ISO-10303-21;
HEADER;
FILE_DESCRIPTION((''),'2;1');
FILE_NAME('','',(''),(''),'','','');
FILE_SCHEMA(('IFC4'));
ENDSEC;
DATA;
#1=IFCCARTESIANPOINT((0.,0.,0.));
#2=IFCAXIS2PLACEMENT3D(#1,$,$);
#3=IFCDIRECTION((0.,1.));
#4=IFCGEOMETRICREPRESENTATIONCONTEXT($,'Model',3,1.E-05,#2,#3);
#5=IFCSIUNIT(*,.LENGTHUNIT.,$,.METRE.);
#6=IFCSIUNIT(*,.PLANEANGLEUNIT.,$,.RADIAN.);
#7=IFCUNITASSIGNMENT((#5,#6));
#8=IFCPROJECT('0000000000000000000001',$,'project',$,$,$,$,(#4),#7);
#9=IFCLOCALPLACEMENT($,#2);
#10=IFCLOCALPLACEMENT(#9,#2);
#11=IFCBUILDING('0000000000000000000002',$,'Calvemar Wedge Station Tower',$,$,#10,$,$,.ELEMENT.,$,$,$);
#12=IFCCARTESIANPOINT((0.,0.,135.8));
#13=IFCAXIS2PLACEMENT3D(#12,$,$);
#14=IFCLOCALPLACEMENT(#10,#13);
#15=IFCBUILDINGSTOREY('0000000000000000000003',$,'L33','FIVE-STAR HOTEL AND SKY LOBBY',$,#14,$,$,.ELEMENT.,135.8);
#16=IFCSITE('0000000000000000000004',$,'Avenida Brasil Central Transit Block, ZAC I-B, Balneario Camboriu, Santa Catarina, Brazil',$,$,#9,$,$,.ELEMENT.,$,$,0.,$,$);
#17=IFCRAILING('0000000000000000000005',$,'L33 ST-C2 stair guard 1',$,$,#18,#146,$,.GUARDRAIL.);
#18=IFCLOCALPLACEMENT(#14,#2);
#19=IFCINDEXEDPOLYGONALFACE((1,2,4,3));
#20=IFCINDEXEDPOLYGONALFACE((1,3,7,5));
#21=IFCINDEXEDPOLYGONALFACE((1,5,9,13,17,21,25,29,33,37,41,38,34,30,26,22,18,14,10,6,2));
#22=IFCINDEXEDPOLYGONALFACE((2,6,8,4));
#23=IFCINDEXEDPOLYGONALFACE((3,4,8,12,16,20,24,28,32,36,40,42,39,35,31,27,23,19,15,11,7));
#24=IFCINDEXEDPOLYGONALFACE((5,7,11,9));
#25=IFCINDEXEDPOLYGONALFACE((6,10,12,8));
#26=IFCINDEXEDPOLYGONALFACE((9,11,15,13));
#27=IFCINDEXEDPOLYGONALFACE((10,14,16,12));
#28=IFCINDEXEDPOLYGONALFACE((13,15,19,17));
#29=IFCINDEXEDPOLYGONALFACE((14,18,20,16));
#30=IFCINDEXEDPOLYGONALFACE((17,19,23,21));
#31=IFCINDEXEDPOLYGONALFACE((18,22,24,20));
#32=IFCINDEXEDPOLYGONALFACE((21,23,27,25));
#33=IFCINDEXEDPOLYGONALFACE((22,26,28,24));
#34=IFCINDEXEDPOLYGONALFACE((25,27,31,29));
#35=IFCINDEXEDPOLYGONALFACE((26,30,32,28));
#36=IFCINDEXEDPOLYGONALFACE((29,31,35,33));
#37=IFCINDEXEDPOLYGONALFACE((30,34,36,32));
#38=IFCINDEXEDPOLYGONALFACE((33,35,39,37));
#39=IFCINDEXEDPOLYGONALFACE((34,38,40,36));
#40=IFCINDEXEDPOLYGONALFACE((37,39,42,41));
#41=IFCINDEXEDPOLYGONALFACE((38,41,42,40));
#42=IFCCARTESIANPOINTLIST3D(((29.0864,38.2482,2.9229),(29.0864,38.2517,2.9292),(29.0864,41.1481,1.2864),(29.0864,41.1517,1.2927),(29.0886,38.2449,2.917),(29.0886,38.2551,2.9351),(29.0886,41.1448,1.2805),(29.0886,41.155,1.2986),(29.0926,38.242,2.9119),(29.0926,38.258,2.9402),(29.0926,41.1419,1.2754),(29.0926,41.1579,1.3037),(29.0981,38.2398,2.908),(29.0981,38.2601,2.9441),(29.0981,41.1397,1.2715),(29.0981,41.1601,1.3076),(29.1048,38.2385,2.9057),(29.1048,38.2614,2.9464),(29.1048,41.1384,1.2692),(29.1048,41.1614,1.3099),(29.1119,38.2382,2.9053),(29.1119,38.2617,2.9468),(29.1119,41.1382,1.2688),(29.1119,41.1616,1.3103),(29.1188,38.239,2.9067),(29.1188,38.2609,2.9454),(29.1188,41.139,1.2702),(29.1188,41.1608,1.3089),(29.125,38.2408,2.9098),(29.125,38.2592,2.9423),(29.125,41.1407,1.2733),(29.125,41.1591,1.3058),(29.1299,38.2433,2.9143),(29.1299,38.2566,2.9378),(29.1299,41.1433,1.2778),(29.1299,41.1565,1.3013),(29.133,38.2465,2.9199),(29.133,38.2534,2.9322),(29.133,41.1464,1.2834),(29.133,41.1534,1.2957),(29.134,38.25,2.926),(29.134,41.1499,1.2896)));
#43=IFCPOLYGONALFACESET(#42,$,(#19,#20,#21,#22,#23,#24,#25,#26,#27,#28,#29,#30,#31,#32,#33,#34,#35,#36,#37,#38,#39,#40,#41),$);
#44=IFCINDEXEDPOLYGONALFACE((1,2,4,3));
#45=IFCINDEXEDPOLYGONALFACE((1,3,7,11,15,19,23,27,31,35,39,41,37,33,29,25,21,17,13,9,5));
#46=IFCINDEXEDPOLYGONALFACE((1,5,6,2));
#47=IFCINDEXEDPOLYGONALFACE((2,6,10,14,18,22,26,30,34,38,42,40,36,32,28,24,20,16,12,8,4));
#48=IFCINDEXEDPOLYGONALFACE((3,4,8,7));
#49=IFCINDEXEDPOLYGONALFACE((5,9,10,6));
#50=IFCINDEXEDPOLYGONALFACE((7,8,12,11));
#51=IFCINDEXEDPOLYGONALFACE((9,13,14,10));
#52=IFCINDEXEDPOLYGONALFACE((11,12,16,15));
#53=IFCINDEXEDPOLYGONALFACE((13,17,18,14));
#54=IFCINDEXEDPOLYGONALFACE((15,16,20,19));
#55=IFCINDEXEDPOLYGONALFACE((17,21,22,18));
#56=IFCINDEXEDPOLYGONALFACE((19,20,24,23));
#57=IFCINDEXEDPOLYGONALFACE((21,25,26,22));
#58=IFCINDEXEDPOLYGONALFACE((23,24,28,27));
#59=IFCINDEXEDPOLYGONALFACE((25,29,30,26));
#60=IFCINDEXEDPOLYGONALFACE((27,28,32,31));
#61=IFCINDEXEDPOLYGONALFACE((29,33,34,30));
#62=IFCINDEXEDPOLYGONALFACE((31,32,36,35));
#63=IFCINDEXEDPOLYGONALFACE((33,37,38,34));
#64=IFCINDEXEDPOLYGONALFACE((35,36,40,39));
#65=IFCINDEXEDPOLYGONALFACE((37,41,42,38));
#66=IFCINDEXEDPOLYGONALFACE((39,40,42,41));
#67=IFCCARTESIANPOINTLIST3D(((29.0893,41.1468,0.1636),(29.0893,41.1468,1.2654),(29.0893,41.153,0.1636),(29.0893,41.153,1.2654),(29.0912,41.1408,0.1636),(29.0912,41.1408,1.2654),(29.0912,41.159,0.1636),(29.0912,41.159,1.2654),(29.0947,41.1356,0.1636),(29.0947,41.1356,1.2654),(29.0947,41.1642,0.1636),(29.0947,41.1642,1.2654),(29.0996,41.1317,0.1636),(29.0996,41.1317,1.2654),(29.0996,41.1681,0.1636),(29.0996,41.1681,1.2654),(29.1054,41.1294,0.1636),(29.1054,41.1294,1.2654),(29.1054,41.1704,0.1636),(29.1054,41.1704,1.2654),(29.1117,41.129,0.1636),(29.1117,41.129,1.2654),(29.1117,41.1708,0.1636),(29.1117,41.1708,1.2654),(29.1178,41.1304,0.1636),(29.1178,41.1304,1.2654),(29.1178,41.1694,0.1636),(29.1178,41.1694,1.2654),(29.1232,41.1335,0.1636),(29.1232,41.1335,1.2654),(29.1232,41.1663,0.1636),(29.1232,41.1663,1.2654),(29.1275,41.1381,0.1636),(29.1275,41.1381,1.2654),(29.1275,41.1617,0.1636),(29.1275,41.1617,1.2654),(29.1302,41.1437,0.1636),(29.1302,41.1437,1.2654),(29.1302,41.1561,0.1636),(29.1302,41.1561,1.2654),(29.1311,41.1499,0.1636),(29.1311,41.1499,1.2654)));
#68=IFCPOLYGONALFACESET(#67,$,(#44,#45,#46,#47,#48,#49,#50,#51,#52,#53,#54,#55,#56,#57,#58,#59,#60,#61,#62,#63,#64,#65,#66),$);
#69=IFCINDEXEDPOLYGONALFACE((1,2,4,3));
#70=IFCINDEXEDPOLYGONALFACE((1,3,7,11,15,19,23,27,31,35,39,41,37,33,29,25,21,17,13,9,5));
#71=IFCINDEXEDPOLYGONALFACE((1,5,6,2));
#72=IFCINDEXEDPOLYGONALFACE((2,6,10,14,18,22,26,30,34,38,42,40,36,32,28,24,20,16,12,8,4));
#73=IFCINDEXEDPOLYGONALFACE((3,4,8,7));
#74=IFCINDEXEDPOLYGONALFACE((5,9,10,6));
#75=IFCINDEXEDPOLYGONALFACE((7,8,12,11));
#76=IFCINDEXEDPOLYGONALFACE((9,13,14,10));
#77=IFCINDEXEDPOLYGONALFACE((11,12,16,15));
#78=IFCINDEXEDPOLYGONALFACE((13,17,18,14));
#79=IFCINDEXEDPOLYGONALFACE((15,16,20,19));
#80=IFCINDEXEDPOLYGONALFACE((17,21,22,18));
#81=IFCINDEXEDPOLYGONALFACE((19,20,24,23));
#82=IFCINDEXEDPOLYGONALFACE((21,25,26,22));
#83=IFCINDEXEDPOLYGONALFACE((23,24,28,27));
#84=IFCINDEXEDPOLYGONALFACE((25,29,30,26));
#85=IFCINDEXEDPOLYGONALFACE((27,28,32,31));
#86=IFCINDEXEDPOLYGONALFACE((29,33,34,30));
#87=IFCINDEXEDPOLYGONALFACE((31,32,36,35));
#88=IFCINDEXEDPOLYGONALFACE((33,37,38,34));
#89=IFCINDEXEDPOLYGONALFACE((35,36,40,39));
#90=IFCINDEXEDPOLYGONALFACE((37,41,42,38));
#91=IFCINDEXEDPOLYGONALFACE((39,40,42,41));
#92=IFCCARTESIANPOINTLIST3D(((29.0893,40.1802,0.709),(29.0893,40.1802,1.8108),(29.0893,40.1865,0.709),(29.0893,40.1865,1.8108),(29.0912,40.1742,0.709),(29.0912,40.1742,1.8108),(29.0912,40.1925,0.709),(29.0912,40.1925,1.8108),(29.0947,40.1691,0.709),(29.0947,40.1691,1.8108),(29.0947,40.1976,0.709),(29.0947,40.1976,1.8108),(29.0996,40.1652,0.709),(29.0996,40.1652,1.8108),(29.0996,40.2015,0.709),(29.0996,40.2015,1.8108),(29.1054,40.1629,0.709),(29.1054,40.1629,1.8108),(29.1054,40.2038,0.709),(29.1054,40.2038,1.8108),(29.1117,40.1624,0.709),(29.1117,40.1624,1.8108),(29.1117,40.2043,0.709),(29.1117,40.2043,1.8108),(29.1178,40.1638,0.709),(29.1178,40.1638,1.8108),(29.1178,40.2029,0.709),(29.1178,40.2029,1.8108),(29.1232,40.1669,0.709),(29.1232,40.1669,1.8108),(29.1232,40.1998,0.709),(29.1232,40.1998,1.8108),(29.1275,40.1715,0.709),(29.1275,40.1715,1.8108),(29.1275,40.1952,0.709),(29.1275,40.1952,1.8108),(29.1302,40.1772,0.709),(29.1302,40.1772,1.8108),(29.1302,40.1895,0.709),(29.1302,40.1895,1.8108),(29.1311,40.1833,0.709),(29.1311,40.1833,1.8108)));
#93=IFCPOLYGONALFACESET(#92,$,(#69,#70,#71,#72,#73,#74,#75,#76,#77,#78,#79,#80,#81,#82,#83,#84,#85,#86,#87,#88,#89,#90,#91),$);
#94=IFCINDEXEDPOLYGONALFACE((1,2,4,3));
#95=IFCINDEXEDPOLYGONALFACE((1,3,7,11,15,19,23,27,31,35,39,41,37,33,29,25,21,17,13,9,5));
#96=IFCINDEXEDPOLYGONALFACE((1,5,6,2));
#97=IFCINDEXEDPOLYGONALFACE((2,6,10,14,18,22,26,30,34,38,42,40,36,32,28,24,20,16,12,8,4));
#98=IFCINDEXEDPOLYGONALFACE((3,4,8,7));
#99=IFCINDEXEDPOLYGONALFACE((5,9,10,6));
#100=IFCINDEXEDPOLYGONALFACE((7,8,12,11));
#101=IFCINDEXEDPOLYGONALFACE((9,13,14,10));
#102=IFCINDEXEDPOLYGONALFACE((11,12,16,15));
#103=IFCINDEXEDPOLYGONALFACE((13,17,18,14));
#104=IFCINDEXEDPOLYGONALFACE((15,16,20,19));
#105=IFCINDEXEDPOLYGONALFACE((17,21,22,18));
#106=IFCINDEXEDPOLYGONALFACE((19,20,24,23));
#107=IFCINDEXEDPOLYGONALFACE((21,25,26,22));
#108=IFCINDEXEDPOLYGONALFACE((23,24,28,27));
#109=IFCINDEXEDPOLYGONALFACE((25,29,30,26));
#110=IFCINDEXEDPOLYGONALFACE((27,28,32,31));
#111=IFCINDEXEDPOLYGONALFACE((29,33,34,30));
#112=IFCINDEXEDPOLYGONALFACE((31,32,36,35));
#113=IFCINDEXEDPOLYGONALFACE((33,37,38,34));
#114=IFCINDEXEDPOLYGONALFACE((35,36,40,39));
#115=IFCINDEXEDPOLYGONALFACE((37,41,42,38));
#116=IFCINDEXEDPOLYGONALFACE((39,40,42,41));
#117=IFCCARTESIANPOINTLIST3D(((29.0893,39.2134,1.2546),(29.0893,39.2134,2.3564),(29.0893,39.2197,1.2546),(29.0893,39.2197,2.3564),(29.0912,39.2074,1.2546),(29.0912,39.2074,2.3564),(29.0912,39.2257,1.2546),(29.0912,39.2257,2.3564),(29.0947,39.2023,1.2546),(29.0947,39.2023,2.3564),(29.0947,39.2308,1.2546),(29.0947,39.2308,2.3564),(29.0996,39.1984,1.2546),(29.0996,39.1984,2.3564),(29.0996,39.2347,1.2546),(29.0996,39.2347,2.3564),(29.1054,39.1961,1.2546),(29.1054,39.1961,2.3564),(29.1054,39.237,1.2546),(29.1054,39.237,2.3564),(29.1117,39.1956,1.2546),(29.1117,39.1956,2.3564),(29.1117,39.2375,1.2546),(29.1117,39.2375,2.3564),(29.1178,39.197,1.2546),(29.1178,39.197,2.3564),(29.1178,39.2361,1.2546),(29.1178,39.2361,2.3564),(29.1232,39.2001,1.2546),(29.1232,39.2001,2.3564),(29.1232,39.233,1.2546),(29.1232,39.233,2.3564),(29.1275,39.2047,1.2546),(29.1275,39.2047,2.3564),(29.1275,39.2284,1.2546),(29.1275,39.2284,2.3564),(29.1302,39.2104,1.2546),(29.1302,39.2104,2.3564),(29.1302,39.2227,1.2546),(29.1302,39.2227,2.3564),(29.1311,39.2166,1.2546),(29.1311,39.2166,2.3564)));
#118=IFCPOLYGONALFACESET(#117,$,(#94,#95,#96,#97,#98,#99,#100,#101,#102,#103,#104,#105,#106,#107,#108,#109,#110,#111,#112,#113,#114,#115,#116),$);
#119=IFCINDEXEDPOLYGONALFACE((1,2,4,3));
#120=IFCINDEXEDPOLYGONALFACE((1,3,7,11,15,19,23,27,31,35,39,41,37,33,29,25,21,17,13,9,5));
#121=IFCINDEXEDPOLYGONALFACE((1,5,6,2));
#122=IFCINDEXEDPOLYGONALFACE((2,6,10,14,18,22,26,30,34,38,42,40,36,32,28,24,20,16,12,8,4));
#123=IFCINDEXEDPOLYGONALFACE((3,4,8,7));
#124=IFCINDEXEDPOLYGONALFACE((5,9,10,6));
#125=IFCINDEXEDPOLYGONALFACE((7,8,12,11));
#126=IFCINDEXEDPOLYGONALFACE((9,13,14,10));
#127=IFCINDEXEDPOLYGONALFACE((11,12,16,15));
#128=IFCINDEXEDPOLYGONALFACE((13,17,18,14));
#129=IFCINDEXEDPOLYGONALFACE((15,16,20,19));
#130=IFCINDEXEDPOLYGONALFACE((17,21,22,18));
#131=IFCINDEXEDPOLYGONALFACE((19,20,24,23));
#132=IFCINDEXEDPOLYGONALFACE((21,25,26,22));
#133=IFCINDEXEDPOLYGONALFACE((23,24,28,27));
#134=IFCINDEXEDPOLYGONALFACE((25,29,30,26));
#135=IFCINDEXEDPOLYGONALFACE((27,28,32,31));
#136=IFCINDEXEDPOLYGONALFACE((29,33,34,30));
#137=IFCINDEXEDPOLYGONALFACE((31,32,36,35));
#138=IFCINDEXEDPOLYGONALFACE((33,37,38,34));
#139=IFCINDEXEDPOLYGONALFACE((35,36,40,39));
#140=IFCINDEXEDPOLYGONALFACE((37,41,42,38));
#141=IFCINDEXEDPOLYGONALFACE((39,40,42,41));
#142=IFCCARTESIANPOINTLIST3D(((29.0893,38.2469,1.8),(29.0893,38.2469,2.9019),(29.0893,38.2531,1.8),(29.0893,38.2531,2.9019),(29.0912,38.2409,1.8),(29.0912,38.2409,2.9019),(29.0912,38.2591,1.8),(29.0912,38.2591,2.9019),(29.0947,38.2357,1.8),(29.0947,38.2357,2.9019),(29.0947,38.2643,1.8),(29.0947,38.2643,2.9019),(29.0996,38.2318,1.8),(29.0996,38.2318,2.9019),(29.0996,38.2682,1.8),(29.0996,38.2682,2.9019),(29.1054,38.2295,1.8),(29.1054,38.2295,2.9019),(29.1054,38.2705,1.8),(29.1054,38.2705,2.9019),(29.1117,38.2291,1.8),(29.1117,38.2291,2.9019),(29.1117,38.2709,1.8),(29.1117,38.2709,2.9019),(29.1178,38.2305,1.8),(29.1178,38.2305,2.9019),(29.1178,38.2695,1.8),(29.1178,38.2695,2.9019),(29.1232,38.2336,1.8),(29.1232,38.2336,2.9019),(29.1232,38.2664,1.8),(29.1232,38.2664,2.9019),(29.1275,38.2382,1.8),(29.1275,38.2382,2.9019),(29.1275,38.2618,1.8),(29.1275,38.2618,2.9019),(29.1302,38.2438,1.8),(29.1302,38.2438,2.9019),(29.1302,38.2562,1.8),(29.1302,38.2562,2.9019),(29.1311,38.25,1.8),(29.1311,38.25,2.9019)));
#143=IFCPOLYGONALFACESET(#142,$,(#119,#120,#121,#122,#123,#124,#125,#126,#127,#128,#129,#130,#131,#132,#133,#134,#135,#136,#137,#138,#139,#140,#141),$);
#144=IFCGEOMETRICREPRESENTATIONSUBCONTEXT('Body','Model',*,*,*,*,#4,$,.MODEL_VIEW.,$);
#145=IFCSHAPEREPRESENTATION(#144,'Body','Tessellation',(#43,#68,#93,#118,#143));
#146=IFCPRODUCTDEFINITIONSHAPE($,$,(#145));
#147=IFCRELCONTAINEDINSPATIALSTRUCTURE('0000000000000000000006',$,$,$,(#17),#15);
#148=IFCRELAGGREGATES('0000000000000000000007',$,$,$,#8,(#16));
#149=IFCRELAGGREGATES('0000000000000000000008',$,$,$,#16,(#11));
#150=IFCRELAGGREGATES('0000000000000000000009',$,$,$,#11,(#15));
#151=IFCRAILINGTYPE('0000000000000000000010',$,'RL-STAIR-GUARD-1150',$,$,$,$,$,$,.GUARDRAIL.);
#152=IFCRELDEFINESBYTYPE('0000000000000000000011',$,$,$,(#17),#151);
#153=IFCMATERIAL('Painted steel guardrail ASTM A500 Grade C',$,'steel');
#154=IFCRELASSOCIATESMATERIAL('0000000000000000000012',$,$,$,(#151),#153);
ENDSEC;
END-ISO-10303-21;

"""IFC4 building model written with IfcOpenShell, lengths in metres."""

from ifc_helpers import new_model, si_unit, direction, frame, origin, origin_2d, place, context, subcontext, project, spatial, circle, extrude, material, type_object, element, save


model = new_model("IFC4")

# Units and contexts
model_context = context("Model", 3, precision=1e-05, world=origin(), true_north=direction((0.0, 1.0)))
body_context = subcontext(model_context, "Body", "Model", "MODEL_VIEW")
ifc_project = project(units=[si_unit("LENGTHUNIT", "METRE"), si_unit("PLANEANGLEUNIT", "RADIAN")], contexts=[model_context])

# Site, building, storey
site_placement = place(None, origin())
site = spatial("IfcSite", under=ifc_project, at=site_placement, Name="Avenida Brasil Central Transit Block, ZAC I-B, Balneario Camboriu, Santa Catarina, Brazil", CompositionType="ELEMENT", RefElevation=0.0)
building_placement = place(site_placement, origin())
building = spatial("IfcBuilding", under=site, at=building_placement, Name="Calvemar Wedge Station Tower", CompositionType="ELEMENT")
storey_placement = place(building_placement, frame((0.0, 0.0, 135.8)))
storey = spatial("IfcBuildingStorey", under=building, at=storey_placement, Name="L33", Description="FIVE-STAR HOTEL AND SKY LOBBY", CompositionType="ELEMENT", Elevation=135.8)

# Railing
ifc_material_1 = material(Name="Painted steel guardrail ASTM A500 Grade C", Category="steel")
railing_type = type_object("IfcRailingType", Name="RL-STAIR-GUARD-1150", PredefinedType="GUARDRAIL", material=ifc_material_1)
railing_1_placement = place(storey_placement, frame((29.1101, 41.1499, 0.1636)))
element("IfcRailing", 1, at=railing_1_placement, inside=storey, type_object=railing_type, Name="L33 ST-C2 stair guard 1", PredefinedType="GUARDRAIL", context=body_context, shape_type="SweptSolid", body=[
    extrude(circle(Radius=0.0239, at=origin_2d()), frame((0.0, 0.0, 1.126), z_axis=(0.0, -0.870897, 0.491465), x_axis=(1.0, 0.0, 0.0)), (0.0, 0.0, 1.0), 3.3298),
    extrude(circle(Radius=0.021, at=origin_2d()), origin(), (0.0, 0.0, 1.0), 1.1018),
    extrude(circle(Radius=0.021, at=origin_2d()), frame((0.0, -0.9666, 0.5454)), (0.0, 0.0, 1.0), 1.1018),
    extrude(circle(Radius=0.021, at=origin_2d()), frame((0.0, -1.9333, 1.0911)), (0.0, 0.0, 1.0), 1.1018),
    extrude(circle(Radius=0.021, at=origin_2d()), frame((0.0, -2.8999, 1.6365)), (0.0, 0.0, 1.0), 1.1018),
])

save(model, "model.ifc")
